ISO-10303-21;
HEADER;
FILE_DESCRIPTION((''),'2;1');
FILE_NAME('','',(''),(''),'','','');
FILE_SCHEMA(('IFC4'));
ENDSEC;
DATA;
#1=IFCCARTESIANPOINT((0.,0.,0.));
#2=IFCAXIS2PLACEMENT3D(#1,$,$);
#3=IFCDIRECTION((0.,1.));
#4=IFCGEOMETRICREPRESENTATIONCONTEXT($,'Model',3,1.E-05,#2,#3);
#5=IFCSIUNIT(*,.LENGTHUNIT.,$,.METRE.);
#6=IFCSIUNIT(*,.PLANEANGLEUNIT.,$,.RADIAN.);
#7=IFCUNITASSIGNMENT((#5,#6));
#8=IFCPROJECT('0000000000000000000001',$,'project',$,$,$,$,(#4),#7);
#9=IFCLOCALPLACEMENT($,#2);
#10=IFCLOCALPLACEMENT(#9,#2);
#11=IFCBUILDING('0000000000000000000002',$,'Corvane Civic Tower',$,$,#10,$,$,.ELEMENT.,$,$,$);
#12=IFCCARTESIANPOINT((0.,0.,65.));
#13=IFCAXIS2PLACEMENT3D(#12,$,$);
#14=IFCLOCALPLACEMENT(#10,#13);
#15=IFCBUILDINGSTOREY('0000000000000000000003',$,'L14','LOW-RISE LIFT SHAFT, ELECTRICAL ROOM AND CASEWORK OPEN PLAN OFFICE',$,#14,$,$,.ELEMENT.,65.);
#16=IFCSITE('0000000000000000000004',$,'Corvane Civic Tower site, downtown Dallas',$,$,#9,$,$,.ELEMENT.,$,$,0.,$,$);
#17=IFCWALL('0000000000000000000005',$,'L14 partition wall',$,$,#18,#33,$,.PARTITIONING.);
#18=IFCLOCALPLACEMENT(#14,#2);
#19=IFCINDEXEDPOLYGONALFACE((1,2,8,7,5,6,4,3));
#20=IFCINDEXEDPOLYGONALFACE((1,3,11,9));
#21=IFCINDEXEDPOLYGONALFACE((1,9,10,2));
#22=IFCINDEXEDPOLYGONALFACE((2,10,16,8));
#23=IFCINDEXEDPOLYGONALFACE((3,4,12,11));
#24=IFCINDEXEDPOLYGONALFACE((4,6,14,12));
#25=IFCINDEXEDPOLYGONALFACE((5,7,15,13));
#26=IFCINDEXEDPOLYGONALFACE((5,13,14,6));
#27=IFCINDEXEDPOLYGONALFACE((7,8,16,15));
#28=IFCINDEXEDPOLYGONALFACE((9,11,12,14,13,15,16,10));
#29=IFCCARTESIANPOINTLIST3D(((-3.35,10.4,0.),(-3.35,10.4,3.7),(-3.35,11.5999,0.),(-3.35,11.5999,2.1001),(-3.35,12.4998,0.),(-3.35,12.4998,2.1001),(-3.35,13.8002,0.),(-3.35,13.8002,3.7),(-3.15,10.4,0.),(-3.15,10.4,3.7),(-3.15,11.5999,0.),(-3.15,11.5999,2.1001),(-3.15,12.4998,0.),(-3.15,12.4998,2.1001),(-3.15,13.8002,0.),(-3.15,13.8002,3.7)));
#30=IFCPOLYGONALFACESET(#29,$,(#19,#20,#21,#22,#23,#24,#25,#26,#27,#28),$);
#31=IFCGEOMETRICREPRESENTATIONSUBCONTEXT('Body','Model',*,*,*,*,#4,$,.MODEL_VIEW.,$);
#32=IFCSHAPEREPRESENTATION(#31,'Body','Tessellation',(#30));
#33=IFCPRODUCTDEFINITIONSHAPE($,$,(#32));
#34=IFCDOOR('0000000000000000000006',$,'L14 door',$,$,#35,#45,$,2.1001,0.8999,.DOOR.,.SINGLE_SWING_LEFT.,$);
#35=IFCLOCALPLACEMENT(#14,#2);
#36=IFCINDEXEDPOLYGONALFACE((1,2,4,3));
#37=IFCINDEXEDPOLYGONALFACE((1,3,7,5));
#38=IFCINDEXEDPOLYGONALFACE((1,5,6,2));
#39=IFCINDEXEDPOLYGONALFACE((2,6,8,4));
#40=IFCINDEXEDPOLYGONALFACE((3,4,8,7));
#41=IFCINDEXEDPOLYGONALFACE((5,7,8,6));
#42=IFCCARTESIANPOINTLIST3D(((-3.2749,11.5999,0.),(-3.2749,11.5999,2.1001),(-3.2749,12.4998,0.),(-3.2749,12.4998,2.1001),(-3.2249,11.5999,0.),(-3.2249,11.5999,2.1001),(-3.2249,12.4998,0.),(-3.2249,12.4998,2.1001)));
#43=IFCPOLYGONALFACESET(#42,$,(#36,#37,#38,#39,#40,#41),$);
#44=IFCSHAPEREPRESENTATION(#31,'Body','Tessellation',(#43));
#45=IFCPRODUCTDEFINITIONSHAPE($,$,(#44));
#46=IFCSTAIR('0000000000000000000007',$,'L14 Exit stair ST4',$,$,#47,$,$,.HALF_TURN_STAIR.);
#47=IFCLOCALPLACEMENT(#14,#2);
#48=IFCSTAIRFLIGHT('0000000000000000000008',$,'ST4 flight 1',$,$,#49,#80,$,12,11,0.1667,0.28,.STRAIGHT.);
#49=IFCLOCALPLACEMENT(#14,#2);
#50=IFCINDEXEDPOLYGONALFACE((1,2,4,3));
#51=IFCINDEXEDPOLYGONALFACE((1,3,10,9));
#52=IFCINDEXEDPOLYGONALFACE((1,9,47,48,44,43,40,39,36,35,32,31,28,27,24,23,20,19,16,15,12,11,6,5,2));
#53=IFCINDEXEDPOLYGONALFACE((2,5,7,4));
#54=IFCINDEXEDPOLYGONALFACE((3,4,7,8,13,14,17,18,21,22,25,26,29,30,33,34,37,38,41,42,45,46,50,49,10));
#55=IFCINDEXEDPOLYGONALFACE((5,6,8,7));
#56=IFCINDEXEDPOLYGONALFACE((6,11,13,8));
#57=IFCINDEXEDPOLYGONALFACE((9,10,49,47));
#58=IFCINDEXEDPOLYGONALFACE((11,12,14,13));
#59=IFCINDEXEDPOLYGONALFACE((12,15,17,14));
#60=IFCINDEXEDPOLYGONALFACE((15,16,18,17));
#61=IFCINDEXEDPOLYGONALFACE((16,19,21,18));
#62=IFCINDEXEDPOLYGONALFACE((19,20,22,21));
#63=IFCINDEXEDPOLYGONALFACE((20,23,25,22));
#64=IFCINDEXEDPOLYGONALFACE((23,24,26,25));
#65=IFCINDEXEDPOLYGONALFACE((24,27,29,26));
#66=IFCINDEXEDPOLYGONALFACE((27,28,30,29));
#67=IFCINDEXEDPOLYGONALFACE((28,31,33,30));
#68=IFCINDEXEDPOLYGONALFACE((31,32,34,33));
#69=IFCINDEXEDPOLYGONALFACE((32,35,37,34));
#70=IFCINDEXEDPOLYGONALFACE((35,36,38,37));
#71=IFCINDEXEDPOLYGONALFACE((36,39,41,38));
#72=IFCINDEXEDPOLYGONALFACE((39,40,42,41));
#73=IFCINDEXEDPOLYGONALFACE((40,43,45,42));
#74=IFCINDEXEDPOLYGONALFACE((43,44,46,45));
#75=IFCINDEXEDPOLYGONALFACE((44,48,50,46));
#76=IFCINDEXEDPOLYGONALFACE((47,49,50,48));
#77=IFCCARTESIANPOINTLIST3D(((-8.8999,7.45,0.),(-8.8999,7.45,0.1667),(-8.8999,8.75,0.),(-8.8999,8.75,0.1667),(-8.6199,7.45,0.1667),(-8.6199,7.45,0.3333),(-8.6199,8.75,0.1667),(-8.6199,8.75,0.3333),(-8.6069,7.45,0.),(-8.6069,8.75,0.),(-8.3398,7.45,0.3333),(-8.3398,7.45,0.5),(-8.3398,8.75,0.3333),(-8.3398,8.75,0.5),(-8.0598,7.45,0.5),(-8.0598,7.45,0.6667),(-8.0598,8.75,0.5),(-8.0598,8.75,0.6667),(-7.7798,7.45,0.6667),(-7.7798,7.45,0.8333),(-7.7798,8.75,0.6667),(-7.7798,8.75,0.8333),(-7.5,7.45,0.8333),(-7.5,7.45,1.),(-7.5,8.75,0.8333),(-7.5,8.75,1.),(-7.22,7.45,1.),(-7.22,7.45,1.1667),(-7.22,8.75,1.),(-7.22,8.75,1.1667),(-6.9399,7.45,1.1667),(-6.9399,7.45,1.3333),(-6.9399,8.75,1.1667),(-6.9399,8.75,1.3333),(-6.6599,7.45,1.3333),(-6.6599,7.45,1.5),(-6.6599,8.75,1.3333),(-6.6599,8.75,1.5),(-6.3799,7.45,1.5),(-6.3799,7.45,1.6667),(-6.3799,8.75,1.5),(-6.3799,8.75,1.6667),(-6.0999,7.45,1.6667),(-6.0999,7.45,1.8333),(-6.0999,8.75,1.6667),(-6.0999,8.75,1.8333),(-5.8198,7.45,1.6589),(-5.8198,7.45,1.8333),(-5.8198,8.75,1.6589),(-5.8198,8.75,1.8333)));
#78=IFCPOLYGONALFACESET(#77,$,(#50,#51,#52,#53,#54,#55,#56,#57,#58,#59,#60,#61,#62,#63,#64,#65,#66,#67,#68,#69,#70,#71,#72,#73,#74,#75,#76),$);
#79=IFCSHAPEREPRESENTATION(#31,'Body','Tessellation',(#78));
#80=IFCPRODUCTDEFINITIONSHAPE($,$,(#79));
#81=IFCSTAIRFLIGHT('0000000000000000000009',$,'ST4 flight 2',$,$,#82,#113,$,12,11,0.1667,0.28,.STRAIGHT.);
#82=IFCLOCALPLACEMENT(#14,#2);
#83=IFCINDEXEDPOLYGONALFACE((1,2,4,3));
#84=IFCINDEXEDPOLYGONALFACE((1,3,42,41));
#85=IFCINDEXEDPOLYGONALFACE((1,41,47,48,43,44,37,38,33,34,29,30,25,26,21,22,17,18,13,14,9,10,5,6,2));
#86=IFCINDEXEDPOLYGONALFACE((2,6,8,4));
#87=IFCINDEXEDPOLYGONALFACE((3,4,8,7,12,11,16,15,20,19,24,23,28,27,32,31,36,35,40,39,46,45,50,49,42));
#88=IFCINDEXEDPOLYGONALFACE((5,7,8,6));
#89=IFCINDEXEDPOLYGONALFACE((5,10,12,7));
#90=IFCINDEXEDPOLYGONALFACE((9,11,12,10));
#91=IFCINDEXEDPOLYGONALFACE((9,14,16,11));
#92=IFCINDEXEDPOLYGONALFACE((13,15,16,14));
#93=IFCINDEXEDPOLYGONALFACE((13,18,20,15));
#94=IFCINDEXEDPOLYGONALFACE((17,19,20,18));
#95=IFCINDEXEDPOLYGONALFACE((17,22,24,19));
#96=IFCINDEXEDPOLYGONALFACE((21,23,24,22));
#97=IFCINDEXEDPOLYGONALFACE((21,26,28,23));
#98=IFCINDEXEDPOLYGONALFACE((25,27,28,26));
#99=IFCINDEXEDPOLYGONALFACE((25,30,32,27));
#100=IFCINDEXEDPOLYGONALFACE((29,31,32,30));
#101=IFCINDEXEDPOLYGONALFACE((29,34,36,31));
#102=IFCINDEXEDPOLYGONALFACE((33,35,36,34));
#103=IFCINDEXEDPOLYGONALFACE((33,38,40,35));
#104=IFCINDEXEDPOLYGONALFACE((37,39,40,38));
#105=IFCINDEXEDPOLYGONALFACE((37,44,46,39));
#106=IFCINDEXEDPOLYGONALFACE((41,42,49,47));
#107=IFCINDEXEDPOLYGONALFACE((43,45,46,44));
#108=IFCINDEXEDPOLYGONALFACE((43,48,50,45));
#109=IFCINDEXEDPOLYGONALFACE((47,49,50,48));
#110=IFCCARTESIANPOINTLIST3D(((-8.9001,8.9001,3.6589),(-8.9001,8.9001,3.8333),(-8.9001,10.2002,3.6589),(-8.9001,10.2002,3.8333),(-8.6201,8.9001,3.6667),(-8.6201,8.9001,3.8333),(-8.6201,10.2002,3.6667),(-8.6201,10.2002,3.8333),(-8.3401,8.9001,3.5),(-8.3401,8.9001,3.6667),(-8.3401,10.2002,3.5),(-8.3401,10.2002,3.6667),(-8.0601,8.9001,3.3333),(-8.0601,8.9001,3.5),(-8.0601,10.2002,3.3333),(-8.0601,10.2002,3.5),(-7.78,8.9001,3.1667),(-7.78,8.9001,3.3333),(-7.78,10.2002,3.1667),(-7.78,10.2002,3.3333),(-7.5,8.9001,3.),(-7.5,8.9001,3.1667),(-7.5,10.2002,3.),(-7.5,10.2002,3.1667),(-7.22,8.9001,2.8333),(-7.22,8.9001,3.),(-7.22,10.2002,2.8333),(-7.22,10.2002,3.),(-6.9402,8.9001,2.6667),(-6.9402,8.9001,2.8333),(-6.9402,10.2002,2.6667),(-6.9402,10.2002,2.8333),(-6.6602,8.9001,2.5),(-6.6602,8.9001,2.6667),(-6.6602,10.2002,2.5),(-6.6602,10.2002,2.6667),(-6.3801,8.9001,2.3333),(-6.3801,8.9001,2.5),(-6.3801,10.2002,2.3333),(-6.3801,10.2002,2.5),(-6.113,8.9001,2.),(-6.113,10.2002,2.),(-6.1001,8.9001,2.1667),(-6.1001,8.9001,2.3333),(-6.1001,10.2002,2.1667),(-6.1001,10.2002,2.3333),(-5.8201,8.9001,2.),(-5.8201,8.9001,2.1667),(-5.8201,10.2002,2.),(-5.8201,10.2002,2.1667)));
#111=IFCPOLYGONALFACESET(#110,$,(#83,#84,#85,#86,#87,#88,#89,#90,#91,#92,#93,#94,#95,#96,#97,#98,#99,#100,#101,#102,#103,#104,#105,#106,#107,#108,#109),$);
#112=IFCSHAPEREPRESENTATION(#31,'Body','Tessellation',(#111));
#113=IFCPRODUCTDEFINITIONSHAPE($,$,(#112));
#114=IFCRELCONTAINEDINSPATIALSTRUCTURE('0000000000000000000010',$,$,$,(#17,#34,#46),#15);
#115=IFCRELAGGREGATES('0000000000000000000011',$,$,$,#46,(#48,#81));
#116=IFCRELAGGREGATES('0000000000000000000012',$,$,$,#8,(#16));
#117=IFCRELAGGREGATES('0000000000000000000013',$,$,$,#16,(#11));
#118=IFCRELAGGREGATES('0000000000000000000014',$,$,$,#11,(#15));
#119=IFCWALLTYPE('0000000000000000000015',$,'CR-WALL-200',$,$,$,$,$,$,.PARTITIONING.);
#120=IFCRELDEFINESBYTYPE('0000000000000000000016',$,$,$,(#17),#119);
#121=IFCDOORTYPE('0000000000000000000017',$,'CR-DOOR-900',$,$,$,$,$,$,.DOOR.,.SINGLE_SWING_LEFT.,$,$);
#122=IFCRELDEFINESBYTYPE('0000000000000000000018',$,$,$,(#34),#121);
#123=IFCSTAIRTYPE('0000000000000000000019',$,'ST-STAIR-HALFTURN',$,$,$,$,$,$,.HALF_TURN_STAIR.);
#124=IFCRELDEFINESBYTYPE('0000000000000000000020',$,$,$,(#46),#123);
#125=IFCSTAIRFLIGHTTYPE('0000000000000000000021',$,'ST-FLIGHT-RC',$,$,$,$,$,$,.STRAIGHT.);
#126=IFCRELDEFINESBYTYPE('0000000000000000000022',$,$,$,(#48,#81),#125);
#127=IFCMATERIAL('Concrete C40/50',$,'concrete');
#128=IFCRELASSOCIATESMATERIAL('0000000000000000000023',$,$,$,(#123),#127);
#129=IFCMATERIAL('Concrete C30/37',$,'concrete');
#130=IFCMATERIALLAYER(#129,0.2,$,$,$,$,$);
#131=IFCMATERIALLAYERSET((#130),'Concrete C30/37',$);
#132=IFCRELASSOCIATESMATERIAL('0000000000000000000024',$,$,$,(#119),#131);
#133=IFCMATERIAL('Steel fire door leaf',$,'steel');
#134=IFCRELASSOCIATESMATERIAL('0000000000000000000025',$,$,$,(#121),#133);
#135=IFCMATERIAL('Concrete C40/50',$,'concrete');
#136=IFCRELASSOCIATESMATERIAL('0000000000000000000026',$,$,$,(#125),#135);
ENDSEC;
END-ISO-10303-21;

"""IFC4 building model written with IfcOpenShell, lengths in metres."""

from ifc_helpers import new_model, si_unit, direction, frame, frame_2d, origin, place, context, subcontext, project, spatial, polyline, rectangle, outline, extrude, material, layer, layer_set, type_object, element, fill, aggregate, save


model = new_model("IFC4")

# Units and contexts
model_context = context("Model", 3, precision=1e-05, world=origin(), true_north=direction((0.0, 1.0)))
body_context = subcontext(model_context, "Body", "Model", "MODEL_VIEW")
ifc_project = project(units=[si_unit("LENGTHUNIT", "METRE"), si_unit("PLANEANGLEUNIT", "RADIAN")], contexts=[model_context])

# Site, building, storey
site_placement = place(None, origin())
site = spatial("IfcSite", under=ifc_project, at=site_placement, Name="Corvane Civic Tower site, downtown Dallas", CompositionType="ELEMENT", RefElevation=0.0)
building_placement = place(site_placement, origin())
building = spatial("IfcBuilding", under=site, at=building_placement, Name="Corvane Civic Tower", CompositionType="ELEMENT")
storey_placement = place(building_placement, frame((0.0, 0.0, 65.0)))
storey = spatial("IfcBuildingStorey", under=building, at=storey_placement, Name="L14", Description="LOW-RISE LIFT SHAFT, ELECTRICAL ROOM AND CASEWORK OPEN PLAN OFFICE", CompositionType="ELEMENT", Elevation=65.0)

# Shared definitions
ifc_material_1 = material(Name="Concrete C40/50", Category="concrete")
stair_type = type_object("IfcStairType", Name="ST-STAIR-HALFTURN", PredefinedType="HALF_TURN_STAIR", material=ifc_material_1)

# Shared definitions
ifc_material_2 = material(Name="Concrete C30/37", Category="concrete")
ifc_layer_1 = layer(ifc_material_2, 0.2)
ifc_layer_set_1 = layer_set([ifc_layer_1], Name="Concrete C30/37")
wall_type = type_object("IfcWallType", Name="CR-WALL-200", PredefinedType="PARTITIONING", material=ifc_layer_set_1)
ifc_material_3 = material(Name="Steel fire door leaf", Category="steel")
door_type = type_object("IfcDoorType", Name="CR-DOOR-900", OperationType="SINGLE_SWING_LEFT", PredefinedType="DOOR", material=ifc_material_3)

# Wall, opening, door
wall_1_placement = place(storey_placement, frame((-3.25, 10.3999, 0.0), z_axis=(0.0, 0.0, 1.0), x_axis=(0.0, 1.0, 0.0)))
wall_1 = element("IfcWall", 1, at=wall_1_placement, inside=storey, type_object=wall_type, Name="L14 partition wall", PredefinedType="PARTITIONING", context=body_context, shape_type="SweptSolid", body=[
    extrude(rectangle(XDim=3.4001, YDim=0.2, at=frame_2d((1.7002, 0.0))), origin(), (0.0, 0.0, 1.0), 3.7),
])
opening_1_placement = place(wall_1_placement, frame((1.2, 0.0, 0.0)))
opening_1 = element("IfcOpeningElement", 2, at=opening_1_placement, cuts=wall_1, PredefinedType="OPENING", context=body_context, shape_type="SweptSolid", body=[
    extrude(rectangle(XDim=0.8999, YDim=2.1001, at=frame_2d((0.45, 1.05))), frame((0.0, 0.1099, 0.0), z_axis=(0.0, -1.0, 0.0), x_axis=(1.0, 0.0, 0.0)), (0.0, 0.0, 1.0), 0.22),
])
door_1_placement = place(opening_1_placement, origin())
door_1 = element("IfcDoor", 3, at=door_1_placement, inside=storey, type_object=door_type, Name="L14 door", OperationType="SINGLE_SWING_LEFT", OverallHeight=2.1001, OverallWidth=0.8999, PredefinedType="DOOR", context=body_context, shape_type="SweptSolid", body=[
    extrude(rectangle(XDim=0.8999, YDim=2.1001, at=frame_2d((0.45, 1.05))), frame((0.0, 0.0249, 0.0), z_axis=(0.0, -1.0, 0.0), x_axis=(1.0, 0.0, 0.0)), (0.0, 0.0, 1.0), 0.05),
])
fill(opening_1, door_1)

# Stair, stair flights
stair_1_placement = place(storey_placement, origin())
stair_1 = element("IfcStair", 4, at=stair_1_placement, inside=storey, type_object=stair_type, Name="L14 Exit stair ST4", PredefinedType="HALF_TURN_STAIR")
ifc_material_4 = material(Name="Concrete C40/50", Category="concrete")
stair_flight_type = type_object("IfcStairFlightType", Name="ST-FLIGHT-RC", PredefinedType="STRAIGHT", material=ifc_material_4)
stair_flight_1_placement = place(storey_placement, frame((-8.8999, 8.1001, 0.0), z_axis=(0.0, 0.0, 1.0), x_axis=(1.0, 0.0, 0.0)))
stair_flight_1 = element("IfcStairFlight", 5, at=stair_flight_1_placement, type_object=stair_flight_type, Name="ST4 flight 1", NumberOfRisers=12, NumberOfTreads=11, PredefinedType="STRAIGHT", RiserHeight=0.1667, TreadLength=0.28, context=body_context, shape_type="SweptSolid", body=[
    extrude(outline(polyline([(0.0, 0.0), (0.0, 0.1667), (0.28, 0.1667), (0.28, 0.3333), (0.5601, 0.3333), (0.5601, 0.5), (0.8401, 0.5), (0.8401, 0.6667), (1.1201, 0.6667), (1.1201, 0.8333), (1.3999, 0.8333), (1.3999, 1.0), (1.6799, 1.0), (1.6799, 1.1667), (1.96, 1.1667), (1.96, 1.3333), (2.24, 1.3333), (2.24, 1.5), (2.52, 1.5), (2.52, 1.6667), (2.8, 1.6667), (2.8, 1.8333), (3.0801, 1.8333), (3.0801, 2.0), (3.0801, 1.6589), (0.293, 0.0), (0.0, 0.0)])), frame((0.0, 0.6499, 0.0), z_axis=(0.0, -1.0, 0.0), x_axis=(1.0, 0.0, 0.0)), (0.0, 0.0, 1.0), 1.3),
])
stair_flight_2_placement = place(storey_placement, frame((-5.8201, 9.55, 2.0), z_axis=(0.0, 0.0, 1.0), x_axis=(-1.0, 0.0, 0.0)))
stair_flight_2 = element("IfcStairFlight", 6, at=stair_flight_2_placement, type_object=stair_flight_type, Name="ST4 flight 2", NumberOfRisers=12, NumberOfTreads=11, PredefinedType="STRAIGHT", RiserHeight=0.1667, TreadLength=0.28, context=body_context, shape_type="SweptSolid", body=[
    extrude(outline(polyline([(0.0, 0.0), (0.0, 0.1667), (0.28, 0.1667), (0.28, 0.3333), (0.5601, 0.3333), (0.5601, 0.5), (0.8401, 0.5), (0.8401, 0.6667), (1.1201, 0.6667), (1.1201, 0.8333), (1.3999, 0.8333), (1.3999, 1.0), (1.6799, 1.0), (1.6799, 1.1667), (1.96, 1.1667), (1.96, 1.3333), (2.24, 1.3333), (2.24, 1.5), (2.52, 1.5), (2.52, 1.6667), (2.8, 1.6667), (2.8, 1.8333), (3.0801, 1.8333), (3.0801, 2.0), (3.0801, 1.6589), (0.293, 0.0), (0.0, 0.0)])), frame((0.0, 0.6499, 0.0), z_axis=(0.0, -1.0, 0.0), x_axis=(1.0, 0.0, 0.0)), (0.0, 0.0, 1.0), 1.3),
])
aggregate(stair_1, [stair_flight_1, stair_flight_2])

save(model, "model.ifc")
